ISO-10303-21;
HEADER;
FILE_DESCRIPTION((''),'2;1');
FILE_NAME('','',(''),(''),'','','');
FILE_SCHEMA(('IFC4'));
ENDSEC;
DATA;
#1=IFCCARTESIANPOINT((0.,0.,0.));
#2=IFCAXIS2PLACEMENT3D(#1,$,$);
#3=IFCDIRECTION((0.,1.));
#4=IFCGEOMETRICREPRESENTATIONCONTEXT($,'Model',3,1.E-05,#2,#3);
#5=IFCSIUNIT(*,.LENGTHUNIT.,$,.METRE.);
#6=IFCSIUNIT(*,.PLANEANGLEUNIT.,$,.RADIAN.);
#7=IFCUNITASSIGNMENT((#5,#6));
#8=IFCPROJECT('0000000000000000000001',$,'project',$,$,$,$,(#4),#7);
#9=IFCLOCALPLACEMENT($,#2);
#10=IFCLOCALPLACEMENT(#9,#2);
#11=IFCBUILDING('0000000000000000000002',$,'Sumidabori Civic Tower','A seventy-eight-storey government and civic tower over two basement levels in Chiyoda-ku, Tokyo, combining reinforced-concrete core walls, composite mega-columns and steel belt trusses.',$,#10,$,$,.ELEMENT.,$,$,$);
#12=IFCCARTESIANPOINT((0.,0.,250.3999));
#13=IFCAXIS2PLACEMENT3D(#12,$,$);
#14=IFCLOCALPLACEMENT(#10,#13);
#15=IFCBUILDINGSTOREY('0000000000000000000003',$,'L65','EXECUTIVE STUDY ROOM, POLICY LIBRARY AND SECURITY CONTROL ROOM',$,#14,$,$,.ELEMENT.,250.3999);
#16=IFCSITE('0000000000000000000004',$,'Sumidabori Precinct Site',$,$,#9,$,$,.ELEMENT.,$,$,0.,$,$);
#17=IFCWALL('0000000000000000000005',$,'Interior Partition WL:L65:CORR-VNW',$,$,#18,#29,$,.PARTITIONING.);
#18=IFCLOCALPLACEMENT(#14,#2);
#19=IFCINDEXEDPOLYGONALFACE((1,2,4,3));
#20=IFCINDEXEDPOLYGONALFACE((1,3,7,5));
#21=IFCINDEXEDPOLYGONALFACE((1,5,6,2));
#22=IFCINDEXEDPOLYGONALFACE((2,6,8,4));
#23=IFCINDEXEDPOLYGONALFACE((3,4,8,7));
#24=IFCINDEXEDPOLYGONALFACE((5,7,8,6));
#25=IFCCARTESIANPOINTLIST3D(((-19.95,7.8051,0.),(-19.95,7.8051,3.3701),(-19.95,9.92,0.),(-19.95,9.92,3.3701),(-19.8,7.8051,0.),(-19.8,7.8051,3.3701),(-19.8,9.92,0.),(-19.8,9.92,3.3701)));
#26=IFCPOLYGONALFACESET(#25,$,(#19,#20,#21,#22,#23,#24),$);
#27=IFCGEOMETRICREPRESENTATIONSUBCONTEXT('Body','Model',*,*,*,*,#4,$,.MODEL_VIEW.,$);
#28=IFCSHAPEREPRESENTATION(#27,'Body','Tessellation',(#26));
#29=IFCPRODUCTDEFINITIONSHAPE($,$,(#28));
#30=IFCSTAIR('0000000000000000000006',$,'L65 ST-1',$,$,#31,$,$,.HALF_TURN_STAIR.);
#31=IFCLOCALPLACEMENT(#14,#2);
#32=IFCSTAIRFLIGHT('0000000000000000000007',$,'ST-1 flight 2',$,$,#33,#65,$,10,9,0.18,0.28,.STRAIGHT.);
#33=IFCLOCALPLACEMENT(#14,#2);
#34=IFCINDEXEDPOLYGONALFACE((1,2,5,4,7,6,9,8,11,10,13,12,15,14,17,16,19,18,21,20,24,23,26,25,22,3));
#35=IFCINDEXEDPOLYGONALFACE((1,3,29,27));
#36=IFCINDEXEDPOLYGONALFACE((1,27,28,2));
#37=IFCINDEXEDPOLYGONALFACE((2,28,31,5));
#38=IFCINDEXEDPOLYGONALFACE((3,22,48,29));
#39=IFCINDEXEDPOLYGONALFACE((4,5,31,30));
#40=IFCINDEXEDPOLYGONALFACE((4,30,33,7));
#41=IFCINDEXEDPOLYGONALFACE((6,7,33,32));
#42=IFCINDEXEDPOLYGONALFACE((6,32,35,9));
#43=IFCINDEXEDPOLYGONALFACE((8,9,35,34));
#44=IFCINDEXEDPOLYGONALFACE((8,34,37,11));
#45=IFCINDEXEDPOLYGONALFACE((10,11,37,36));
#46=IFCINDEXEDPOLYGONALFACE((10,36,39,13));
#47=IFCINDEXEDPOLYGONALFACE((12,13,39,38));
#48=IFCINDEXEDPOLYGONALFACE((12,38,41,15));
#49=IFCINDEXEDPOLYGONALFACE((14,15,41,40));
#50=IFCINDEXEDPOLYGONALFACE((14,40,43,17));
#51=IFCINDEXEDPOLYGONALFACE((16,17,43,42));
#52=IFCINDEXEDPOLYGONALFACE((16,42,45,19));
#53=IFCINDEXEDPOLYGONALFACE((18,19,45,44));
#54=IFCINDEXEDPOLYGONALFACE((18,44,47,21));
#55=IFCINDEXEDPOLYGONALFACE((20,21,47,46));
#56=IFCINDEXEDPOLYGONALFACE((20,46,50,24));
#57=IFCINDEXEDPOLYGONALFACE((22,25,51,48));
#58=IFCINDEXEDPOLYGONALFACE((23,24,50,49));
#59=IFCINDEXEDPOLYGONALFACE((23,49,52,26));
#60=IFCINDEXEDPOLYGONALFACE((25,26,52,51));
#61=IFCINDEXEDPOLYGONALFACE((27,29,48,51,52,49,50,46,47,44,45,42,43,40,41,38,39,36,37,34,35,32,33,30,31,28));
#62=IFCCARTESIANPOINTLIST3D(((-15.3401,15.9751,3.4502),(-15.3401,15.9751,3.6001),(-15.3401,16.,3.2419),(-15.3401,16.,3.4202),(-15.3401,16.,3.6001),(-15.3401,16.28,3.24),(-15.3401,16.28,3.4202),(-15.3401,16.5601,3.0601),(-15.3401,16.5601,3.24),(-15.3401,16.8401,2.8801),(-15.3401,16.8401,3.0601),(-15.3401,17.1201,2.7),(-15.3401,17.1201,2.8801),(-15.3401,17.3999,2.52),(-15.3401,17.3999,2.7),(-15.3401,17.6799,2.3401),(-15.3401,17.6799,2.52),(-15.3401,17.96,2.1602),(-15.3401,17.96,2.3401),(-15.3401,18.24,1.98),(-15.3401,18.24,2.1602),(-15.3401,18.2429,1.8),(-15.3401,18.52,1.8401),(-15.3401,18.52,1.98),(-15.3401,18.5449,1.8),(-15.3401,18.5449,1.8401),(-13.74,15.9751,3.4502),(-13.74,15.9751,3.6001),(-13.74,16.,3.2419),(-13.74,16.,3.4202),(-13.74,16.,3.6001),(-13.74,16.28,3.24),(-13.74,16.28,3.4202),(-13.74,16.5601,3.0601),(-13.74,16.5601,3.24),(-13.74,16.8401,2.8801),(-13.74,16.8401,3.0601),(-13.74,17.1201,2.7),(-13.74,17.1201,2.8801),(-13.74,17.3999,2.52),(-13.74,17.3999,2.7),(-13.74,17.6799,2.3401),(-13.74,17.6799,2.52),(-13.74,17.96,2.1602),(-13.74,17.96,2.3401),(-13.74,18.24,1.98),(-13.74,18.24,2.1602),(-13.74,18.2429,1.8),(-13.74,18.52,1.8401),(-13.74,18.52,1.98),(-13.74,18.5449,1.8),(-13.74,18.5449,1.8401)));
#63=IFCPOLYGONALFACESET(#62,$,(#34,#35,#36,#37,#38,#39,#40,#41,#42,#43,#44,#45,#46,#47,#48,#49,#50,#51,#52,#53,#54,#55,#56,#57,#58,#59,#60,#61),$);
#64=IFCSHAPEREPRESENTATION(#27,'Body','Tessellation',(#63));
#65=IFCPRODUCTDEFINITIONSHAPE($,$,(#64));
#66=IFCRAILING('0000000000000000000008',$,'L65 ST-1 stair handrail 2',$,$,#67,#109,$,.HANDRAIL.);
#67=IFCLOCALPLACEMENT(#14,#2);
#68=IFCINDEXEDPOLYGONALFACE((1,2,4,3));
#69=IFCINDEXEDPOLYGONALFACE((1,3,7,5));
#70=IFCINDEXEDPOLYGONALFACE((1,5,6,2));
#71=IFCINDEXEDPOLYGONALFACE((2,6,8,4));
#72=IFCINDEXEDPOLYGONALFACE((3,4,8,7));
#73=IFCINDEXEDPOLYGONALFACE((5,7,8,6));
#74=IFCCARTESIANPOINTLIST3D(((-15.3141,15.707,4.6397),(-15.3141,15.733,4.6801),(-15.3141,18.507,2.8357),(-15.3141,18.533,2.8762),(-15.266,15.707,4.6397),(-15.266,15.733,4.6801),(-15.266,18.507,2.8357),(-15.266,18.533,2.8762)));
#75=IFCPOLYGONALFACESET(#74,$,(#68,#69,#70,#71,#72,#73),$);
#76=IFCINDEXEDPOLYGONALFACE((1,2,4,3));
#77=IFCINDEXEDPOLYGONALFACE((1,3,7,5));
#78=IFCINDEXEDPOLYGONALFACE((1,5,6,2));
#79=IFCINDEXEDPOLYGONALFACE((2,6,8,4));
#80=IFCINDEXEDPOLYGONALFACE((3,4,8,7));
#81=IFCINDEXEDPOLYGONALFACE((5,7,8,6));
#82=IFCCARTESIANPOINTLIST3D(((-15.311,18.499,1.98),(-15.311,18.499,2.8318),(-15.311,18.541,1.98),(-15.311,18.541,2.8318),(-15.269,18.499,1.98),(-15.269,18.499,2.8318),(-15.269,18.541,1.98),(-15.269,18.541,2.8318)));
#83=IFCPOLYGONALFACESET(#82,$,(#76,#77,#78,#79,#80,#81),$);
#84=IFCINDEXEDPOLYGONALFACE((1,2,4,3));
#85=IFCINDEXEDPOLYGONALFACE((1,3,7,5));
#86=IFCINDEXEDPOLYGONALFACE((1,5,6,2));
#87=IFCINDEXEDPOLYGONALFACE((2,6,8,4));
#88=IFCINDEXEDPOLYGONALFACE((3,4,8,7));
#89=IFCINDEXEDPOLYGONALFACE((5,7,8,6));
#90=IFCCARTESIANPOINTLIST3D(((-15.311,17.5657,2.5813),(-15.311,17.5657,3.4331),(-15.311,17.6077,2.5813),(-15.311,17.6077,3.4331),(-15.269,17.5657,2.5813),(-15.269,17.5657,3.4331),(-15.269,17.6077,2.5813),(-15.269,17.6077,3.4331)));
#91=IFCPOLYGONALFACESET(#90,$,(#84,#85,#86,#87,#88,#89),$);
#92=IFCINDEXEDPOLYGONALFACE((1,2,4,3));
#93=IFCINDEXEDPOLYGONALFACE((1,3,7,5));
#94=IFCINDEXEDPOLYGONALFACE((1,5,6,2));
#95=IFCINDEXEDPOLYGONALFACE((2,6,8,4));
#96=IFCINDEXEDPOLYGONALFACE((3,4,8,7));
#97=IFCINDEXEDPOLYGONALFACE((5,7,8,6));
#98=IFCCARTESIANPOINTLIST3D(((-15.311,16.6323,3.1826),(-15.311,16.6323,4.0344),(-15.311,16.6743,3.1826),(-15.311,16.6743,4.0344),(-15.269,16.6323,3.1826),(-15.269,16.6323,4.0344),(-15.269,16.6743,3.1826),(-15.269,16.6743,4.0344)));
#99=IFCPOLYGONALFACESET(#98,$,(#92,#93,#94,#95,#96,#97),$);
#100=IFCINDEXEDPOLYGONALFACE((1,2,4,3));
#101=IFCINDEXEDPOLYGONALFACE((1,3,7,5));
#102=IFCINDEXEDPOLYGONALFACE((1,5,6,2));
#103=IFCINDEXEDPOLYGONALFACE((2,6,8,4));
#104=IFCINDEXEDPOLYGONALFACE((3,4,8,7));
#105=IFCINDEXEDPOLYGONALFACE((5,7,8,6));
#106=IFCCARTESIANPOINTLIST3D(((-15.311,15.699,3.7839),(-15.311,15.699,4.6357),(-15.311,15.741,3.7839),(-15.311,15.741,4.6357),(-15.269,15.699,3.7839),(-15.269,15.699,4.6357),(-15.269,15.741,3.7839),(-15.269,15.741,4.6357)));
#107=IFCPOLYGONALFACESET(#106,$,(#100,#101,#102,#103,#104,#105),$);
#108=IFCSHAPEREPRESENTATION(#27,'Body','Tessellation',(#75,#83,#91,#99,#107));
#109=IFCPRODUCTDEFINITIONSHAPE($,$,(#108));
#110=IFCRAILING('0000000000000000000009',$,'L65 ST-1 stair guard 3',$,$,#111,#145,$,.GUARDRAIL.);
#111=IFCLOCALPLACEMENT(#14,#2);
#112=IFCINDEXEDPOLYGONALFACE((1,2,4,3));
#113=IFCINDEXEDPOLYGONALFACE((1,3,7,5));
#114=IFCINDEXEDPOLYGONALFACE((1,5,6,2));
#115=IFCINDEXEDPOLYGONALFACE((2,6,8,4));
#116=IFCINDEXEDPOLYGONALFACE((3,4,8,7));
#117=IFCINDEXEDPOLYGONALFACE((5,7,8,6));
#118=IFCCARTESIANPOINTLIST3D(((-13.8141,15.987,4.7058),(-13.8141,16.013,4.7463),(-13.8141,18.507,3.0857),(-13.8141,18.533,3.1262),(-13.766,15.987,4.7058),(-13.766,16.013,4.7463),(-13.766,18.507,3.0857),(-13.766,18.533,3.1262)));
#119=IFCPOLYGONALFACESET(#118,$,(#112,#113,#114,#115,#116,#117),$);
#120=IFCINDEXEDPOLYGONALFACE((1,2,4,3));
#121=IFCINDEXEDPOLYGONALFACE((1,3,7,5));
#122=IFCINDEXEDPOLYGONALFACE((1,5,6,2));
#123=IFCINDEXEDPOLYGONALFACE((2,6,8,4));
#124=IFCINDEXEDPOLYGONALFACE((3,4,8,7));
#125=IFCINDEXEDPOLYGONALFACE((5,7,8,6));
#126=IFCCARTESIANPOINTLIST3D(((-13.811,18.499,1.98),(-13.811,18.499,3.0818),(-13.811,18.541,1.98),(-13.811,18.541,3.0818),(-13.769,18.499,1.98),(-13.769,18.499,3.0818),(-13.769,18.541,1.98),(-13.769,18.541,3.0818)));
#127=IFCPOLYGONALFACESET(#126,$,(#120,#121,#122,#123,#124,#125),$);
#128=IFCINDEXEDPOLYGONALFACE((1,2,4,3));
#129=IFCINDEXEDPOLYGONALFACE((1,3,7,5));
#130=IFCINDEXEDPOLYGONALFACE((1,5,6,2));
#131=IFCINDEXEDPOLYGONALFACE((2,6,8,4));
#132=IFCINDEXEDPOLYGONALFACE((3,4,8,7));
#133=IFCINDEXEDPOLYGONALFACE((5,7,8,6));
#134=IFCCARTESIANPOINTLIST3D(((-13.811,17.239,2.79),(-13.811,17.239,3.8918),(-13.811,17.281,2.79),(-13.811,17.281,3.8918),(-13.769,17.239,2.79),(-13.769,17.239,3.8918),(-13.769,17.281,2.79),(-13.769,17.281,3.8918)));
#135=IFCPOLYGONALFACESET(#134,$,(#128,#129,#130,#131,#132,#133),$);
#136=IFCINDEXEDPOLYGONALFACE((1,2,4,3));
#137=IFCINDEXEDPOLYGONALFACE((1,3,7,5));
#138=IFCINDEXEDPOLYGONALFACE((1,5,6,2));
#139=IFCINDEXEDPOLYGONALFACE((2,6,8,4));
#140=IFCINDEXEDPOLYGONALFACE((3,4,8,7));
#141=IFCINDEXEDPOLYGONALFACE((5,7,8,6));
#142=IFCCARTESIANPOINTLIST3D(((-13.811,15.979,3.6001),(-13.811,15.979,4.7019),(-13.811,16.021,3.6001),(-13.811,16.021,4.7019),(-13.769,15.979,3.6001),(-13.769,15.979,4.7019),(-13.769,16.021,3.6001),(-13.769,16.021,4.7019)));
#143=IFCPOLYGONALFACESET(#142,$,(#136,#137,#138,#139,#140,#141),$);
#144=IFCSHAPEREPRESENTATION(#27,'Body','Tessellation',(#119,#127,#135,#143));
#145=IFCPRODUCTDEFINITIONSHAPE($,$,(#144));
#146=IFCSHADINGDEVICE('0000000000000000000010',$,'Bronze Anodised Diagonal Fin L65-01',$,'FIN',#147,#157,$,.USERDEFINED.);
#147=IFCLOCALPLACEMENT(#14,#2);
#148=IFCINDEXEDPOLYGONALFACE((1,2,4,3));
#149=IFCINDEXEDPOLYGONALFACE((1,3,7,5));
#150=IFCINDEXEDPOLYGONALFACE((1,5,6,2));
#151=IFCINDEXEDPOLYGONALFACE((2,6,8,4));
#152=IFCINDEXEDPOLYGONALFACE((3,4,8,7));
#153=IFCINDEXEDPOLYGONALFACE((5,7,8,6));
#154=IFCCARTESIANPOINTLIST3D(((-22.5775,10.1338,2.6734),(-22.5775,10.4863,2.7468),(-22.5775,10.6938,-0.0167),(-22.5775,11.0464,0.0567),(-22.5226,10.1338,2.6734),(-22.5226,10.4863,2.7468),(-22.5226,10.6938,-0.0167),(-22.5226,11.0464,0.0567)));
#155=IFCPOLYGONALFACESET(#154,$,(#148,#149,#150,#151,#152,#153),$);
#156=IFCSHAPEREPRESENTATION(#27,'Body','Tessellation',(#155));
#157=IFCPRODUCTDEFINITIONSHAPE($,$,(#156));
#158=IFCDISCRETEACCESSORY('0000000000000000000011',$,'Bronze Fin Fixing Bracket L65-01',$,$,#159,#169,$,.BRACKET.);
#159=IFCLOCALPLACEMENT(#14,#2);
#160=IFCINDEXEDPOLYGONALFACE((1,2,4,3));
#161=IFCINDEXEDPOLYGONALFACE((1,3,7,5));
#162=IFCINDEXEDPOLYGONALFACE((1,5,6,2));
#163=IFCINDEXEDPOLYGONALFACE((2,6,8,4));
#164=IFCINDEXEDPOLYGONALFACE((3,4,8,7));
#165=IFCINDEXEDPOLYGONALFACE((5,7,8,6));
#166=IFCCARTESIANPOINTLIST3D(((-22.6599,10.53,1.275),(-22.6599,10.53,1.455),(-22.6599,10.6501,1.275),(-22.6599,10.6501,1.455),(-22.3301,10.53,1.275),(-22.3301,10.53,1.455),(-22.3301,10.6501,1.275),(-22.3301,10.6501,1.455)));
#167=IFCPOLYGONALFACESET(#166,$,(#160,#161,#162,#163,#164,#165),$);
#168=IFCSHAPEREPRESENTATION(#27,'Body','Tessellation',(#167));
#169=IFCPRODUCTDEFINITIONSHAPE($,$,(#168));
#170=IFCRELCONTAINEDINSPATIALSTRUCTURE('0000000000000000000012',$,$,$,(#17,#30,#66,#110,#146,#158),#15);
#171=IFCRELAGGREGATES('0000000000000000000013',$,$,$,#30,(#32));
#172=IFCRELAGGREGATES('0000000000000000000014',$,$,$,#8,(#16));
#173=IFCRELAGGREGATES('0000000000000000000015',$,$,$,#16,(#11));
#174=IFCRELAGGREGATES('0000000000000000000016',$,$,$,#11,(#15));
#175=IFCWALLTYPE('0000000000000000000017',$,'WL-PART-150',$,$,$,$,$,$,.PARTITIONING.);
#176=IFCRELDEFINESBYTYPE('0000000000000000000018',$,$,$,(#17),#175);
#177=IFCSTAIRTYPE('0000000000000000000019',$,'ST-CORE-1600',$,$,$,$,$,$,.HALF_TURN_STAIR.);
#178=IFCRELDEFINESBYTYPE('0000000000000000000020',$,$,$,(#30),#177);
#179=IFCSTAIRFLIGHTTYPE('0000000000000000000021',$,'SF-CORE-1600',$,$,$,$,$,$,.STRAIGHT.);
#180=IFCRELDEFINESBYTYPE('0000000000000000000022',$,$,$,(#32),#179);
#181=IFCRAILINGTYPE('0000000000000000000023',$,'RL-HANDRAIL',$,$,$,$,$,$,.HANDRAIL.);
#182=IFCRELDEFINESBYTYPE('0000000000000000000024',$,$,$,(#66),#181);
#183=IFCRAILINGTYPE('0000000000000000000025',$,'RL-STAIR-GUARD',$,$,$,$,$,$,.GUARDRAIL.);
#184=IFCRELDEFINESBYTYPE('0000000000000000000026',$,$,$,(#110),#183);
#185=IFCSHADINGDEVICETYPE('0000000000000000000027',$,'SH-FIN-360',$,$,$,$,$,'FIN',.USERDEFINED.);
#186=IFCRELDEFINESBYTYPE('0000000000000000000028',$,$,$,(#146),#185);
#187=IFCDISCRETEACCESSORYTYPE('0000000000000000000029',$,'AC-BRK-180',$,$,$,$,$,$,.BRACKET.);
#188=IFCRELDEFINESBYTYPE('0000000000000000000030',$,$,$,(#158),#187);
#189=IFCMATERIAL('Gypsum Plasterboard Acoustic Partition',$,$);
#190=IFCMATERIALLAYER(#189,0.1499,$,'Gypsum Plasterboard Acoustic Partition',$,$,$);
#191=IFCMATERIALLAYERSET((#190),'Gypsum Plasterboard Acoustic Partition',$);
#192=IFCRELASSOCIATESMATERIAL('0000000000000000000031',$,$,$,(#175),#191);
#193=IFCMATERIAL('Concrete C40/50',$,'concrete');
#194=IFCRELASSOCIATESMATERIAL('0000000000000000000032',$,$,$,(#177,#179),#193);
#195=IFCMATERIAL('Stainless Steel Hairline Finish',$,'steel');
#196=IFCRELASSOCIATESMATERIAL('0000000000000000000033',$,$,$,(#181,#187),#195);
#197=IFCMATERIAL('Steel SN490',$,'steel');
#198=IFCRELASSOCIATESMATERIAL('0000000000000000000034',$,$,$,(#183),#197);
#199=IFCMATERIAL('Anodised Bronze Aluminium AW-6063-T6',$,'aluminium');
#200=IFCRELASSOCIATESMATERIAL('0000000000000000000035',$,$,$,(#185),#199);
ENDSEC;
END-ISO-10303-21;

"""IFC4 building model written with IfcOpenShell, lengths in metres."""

from ifc_helpers import new_model, si_unit, direction, frame, frame_2d, origin, origin_2d, place, context, subcontext, project, spatial, polyline, rectangle, outline, extrude, source, transform, mapped, material, layer, layer_set, material_profile, profile_set, type_object, element, aggregate, save


model = new_model("IFC4")

# Units and contexts
model_context = context("Model", 3, precision=1e-05, world=origin(), true_north=direction((0.0, 1.0)))
body_context = subcontext(model_context, "Body", "Model", "MODEL_VIEW")
ifc_project = project(units=[si_unit("LENGTHUNIT", "METRE"), si_unit("PLANEANGLEUNIT", "RADIAN")], contexts=[model_context])

# Site, building, storey
site_placement = place(None, origin())
site = spatial("IfcSite", under=ifc_project, at=site_placement, Name="Sumidabori Precinct Site", CompositionType="ELEMENT", RefElevation=0.0)
building_placement = place(site_placement, origin())
building = spatial("IfcBuilding", under=site, at=building_placement, Name="Sumidabori Civic Tower", Description="A seventy-eight-storey government and civic tower over two basement levels in Chiyoda-ku, Tokyo, combining reinforced-concrete core walls, composite mega-columns and steel belt trusses.", CompositionType="ELEMENT")
storey_placement = place(building_placement, frame((0.0, 0.0, 250.3999)))
storey = spatial("IfcBuildingStorey", under=building, at=storey_placement, Name="L65", Description="EXECUTIVE STUDY ROOM, POLICY LIBRARY AND SECURITY CONTROL ROOM", CompositionType="ELEMENT", Elevation=250.3999)

# Shared definitions
ifc_material_1 = material(Name="Steel SN490", Category="steel")

# Shared definitions
ifc_material_2 = material(Name="Anodised Bronze Aluminium AW-6063-T6", Category="aluminium")

# Shared definitions
ifc_material_3 = material(Name="Gypsum Plasterboard Acoustic Partition")
ifc_layer_1 = layer(ifc_material_3, 0.1499, Name="Gypsum Plasterboard Acoustic Partition")
ifc_layer_set_1 = layer_set([ifc_layer_1], Name="Gypsum Plasterboard Acoustic Partition")
wall_type_1 = type_object("IfcWallType", Name="WL-PART-150", PredefinedType="PARTITIONING", material=ifc_layer_set_1)

# Wall
shared_shape_1 = source(origin(), body_context, "Body", "SweptSolid", [
    extrude(rectangle(XDim=2.115, YDim=0.1499, at=frame_2d((1.0576, 0.0))), origin(), (0.0, 0.0, 1.0), 3.3701),
])
wall_1_placement = place(storey_placement, frame((-19.875, 7.8049, 0.0), z_axis=(0.0, 0.0, 1.0), x_axis=(0.0, 1.0, 0.0)))
element("IfcWall", 1, at=wall_1_placement, inside=storey, type_object=wall_type_1, Name="Interior Partition WL:L65:CORR-VNW", PredefinedType="PARTITIONING", context=body_context, shape_type="MappedRepresentation", body=[
    mapped(shared_shape_1, transform((0.0, 0.0, 0.0), x_axis=(1.0, 0.0, 0.0), y_axis=(0.0, 1.0, 0.0), z_axis=(0.0, 0.0, 1.0), scale=1.0)),
])

# Stair, stair flight
ifc_material_4 = material(Name="Concrete C40/50", Category="concrete")
stair_type = type_object("IfcStairType", Name="ST-CORE-1600", PredefinedType="HALF_TURN_STAIR", material=ifc_material_4)
stair_placement = place(storey_placement, origin())
stair = element("IfcStair", 2, at=stair_placement, inside=storey, type_object=stair_type, Name="L65 ST-1", PredefinedType="HALF_TURN_STAIR")
stair_flight_type = type_object("IfcStairFlightType", Name="SF-CORE-1600", PredefinedType="STRAIGHT", material=ifc_material_4)
shared_shape_2 = source(origin(), body_context, "Body", "SweptSolid", [
    extrude(outline(polyline([(-0.0249, 0.0), (-0.0249, 0.04), (0.0, 0.04), (0.0, 0.1799), (0.28, 0.1799), (0.28, 0.3601), (0.5601, 0.3601), (0.5601, 0.54), (0.8401, 0.54), (0.8401, 0.72), (1.1201, 0.72), (1.1201, 0.8999), (1.3999, 0.8999), (1.3999, 1.0801), (1.6799, 1.0801), (1.6799, 1.26), (1.96, 1.26), (1.96, 1.4399), (2.24, 1.4399), (2.24, 1.6201), (2.52, 1.6201), (2.52, 1.8), (2.5449, 1.8), (2.5449, 1.6501), (2.52, 1.4419), (0.2771, 0.0), (-0.0249, 0.0)])), frame((0.0, 0.8, 0.0), z_axis=(0.0, -1.0, 0.0), x_axis=(1.0, 0.0, 0.0)), (0.0, 0.0, 1.0), 1.6001),
])
stair_flight_placement = place(storey_placement, frame((-14.54, 18.52, 1.8), z_axis=(0.0, 0.0, 1.0), x_axis=(0.0, -1.0, 0.0)))
stair_flight = element("IfcStairFlight", 3, at=stair_flight_placement, type_object=stair_flight_type, Name="ST-1 flight 2", NumberOfRisers=10, NumberOfTreads=9, PredefinedType="STRAIGHT", RiserHeight=0.18, TreadLength=0.28, context=body_context, shape_type="MappedRepresentation", body=[
    mapped(shared_shape_2, transform((0.0, 0.0, 0.0), x_axis=(1.0, 0.0, 0.0), y_axis=(0.0, 1.0, 0.0), z_axis=(0.0, 0.0, 1.0), scale=1.0)),
])
aggregate(stair, [stair_flight])

# Railings
ifc_material_5 = material(Name="Stainless Steel Hairline Finish", Category="steel")
railing_type_1 = type_object("IfcRailingType", Name="RL-HANDRAIL", PredefinedType="HANDRAIL", material=ifc_material_5)
railing_1_placement = place(storey_placement, frame((-15.29, 18.52, 1.98)))
element("IfcRailing", 4, at=railing_1_placement, inside=storey, type_object=railing_type_1, Name="L65 ST-1 stair handrail 2", PredefinedType="HANDRAIL", context=body_context, shape_type="SweptSolid", body=[
    extrude(rectangle(XDim=0.0481, YDim=0.0481, at=origin_2d()), frame((0.0, 0.0, 0.876), z_axis=(0.0, -0.840642, 0.541591), x_axis=(1.0, 0.0, 0.0)), (0.0, 0.0, 1.0), 3.3308),
    extrude(rectangle(XDim=0.042, YDim=0.042, at=origin_2d()), origin(), (0.0, 0.0, 1.0), 0.8518),
    extrude(rectangle(XDim=0.042, YDim=0.042, at=origin_2d()), frame((0.0, -0.9333, 0.6013)), (0.0, 0.0, 1.0), 0.8518),
    extrude(rectangle(XDim=0.042, YDim=0.042, at=origin_2d()), frame((0.0, -1.8667, 1.2026)), (0.0, 0.0, 1.0), 0.8518),
    extrude(rectangle(XDim=0.042, YDim=0.042, at=origin_2d()), frame((0.0, -2.8, 1.804)), (0.0, 0.0, 1.0), 0.8518),
])
railing_type_2 = type_object("IfcRailingType", Name="RL-STAIR-GUARD", PredefinedType="GUARDRAIL", material=ifc_material_1)
railing_2_placement = place(storey_placement, frame((-13.79, 18.52, 1.98)))
element("IfcRailing", 5, at=railing_2_placement, inside=storey, type_object=railing_type_2, Name="L65 ST-1 stair guard 3", PredefinedType="GUARDRAIL", context=body_context, shape_type="SweptSolid", body=[
    extrude(rectangle(XDim=0.0481, YDim=0.0481, at=origin_2d()), frame((0.0, 0.0, 1.126), z_axis=(0.0, -0.841163, 0.540782), x_axis=(1.0, 0.0, 0.0)), (0.0, 0.0, 1.0), 2.9958),
    extrude(rectangle(XDim=0.042, YDim=0.042, at=origin_2d()), origin(), (0.0, 0.0, 1.0), 1.1018),
    extrude(rectangle(XDim=0.042, YDim=0.042, at=origin_2d()), frame((0.0, -1.26, 0.8101)), (0.0, 0.0, 1.0), 1.1018),
    extrude(rectangle(XDim=0.042, YDim=0.042, at=origin_2d()), frame((0.0, -2.52, 1.6201)), (0.0, 0.0, 1.0), 1.1018),
])

# Shading device
ifc_material_profile_1 = material_profile(ifc_material_2, rectangle(XDim=0.0549, YDim=0.3601, at=origin_2d()), Name="BRONZE FIN 360x55")
ifc_profile_set_1 = profile_set([ifc_material_profile_1], Name="Anodised Bronze Aluminium AW-6063-T6")
shading_device_type = type_object("IfcShadingDeviceType", Name="SH-FIN-360", ElementType="FIN", PredefinedType="USERDEFINED", material=ifc_profile_set_1)
shared_shape_3 = source(origin(), body_context, "Body", "SweptSolid", [
    extrude(rectangle(XDim=0.0549, YDim=0.3601, at=origin_2d()), origin(), (0.0, 0.0, 1.0), 2.7478),
])
shading_device_placement = place(storey_placement, frame((-22.55, 10.8701, 0.02), z_axis=(0.0, -0.203816, 0.979009), x_axis=(-1.0, 0.0, 0.0)))
element("IfcShadingDevice", 6, at=shading_device_placement, inside=storey, type_object=shading_device_type, Name="Bronze Anodised Diagonal Fin L65-01", ObjectType="FIN", PredefinedType="USERDEFINED", context=body_context, shape_type="MappedRepresentation", body=[
    mapped(shared_shape_3, transform((0.0, 0.0, 0.0), x_axis=(1.0, 0.0, 0.0), y_axis=(0.0, 1.0, 0.0), z_axis=(0.0, 0.0, 1.0), scale=1.0)),
])

# Discrete accessory
ifc_material_profile_2 = material_profile(ifc_material_5, rectangle(XDim=0.1201, YDim=0.1799, at=origin_2d()), Name="STEEL BRACKET 180x120")
ifc_profile_set_2 = profile_set([ifc_material_profile_2], Name="Stainless Steel Hairline Finish")
discrete_accessory_type = type_object("IfcDiscreteAccessoryType", Name="AC-BRK-180", PredefinedType="BRACKET", material=ifc_profile_set_2)
shared_shape_4 = source(origin(), body_context, "Body", "SweptSolid", [
    extrude(rectangle(XDim=0.1201, YDim=0.1799, at=origin_2d()), origin(), (0.0, 0.0, 1.0), 0.3298),
])
discrete_accessory_placement = place(storey_placement, frame((-22.3301, 10.5901, 1.365), z_axis=(-1.0, 0.0, 0.0), x_axis=(0.0, -1.0, 0.0)))
element("IfcDiscreteAccessory", 7, at=discrete_accessory_placement, inside=storey, type_object=discrete_accessory_type, Name="Bronze Fin Fixing Bracket L65-01", PredefinedType="BRACKET", context=body_context, shape_type="MappedRepresentation", body=[
    mapped(shared_shape_4, transform((0.0, 0.0, 0.0), x_axis=(1.0, 0.0, 0.0), y_axis=(0.0, 1.0, 0.0), z_axis=(0.0, 0.0, 1.0), scale=1.0)),
])

save(model, "model.ifc")
